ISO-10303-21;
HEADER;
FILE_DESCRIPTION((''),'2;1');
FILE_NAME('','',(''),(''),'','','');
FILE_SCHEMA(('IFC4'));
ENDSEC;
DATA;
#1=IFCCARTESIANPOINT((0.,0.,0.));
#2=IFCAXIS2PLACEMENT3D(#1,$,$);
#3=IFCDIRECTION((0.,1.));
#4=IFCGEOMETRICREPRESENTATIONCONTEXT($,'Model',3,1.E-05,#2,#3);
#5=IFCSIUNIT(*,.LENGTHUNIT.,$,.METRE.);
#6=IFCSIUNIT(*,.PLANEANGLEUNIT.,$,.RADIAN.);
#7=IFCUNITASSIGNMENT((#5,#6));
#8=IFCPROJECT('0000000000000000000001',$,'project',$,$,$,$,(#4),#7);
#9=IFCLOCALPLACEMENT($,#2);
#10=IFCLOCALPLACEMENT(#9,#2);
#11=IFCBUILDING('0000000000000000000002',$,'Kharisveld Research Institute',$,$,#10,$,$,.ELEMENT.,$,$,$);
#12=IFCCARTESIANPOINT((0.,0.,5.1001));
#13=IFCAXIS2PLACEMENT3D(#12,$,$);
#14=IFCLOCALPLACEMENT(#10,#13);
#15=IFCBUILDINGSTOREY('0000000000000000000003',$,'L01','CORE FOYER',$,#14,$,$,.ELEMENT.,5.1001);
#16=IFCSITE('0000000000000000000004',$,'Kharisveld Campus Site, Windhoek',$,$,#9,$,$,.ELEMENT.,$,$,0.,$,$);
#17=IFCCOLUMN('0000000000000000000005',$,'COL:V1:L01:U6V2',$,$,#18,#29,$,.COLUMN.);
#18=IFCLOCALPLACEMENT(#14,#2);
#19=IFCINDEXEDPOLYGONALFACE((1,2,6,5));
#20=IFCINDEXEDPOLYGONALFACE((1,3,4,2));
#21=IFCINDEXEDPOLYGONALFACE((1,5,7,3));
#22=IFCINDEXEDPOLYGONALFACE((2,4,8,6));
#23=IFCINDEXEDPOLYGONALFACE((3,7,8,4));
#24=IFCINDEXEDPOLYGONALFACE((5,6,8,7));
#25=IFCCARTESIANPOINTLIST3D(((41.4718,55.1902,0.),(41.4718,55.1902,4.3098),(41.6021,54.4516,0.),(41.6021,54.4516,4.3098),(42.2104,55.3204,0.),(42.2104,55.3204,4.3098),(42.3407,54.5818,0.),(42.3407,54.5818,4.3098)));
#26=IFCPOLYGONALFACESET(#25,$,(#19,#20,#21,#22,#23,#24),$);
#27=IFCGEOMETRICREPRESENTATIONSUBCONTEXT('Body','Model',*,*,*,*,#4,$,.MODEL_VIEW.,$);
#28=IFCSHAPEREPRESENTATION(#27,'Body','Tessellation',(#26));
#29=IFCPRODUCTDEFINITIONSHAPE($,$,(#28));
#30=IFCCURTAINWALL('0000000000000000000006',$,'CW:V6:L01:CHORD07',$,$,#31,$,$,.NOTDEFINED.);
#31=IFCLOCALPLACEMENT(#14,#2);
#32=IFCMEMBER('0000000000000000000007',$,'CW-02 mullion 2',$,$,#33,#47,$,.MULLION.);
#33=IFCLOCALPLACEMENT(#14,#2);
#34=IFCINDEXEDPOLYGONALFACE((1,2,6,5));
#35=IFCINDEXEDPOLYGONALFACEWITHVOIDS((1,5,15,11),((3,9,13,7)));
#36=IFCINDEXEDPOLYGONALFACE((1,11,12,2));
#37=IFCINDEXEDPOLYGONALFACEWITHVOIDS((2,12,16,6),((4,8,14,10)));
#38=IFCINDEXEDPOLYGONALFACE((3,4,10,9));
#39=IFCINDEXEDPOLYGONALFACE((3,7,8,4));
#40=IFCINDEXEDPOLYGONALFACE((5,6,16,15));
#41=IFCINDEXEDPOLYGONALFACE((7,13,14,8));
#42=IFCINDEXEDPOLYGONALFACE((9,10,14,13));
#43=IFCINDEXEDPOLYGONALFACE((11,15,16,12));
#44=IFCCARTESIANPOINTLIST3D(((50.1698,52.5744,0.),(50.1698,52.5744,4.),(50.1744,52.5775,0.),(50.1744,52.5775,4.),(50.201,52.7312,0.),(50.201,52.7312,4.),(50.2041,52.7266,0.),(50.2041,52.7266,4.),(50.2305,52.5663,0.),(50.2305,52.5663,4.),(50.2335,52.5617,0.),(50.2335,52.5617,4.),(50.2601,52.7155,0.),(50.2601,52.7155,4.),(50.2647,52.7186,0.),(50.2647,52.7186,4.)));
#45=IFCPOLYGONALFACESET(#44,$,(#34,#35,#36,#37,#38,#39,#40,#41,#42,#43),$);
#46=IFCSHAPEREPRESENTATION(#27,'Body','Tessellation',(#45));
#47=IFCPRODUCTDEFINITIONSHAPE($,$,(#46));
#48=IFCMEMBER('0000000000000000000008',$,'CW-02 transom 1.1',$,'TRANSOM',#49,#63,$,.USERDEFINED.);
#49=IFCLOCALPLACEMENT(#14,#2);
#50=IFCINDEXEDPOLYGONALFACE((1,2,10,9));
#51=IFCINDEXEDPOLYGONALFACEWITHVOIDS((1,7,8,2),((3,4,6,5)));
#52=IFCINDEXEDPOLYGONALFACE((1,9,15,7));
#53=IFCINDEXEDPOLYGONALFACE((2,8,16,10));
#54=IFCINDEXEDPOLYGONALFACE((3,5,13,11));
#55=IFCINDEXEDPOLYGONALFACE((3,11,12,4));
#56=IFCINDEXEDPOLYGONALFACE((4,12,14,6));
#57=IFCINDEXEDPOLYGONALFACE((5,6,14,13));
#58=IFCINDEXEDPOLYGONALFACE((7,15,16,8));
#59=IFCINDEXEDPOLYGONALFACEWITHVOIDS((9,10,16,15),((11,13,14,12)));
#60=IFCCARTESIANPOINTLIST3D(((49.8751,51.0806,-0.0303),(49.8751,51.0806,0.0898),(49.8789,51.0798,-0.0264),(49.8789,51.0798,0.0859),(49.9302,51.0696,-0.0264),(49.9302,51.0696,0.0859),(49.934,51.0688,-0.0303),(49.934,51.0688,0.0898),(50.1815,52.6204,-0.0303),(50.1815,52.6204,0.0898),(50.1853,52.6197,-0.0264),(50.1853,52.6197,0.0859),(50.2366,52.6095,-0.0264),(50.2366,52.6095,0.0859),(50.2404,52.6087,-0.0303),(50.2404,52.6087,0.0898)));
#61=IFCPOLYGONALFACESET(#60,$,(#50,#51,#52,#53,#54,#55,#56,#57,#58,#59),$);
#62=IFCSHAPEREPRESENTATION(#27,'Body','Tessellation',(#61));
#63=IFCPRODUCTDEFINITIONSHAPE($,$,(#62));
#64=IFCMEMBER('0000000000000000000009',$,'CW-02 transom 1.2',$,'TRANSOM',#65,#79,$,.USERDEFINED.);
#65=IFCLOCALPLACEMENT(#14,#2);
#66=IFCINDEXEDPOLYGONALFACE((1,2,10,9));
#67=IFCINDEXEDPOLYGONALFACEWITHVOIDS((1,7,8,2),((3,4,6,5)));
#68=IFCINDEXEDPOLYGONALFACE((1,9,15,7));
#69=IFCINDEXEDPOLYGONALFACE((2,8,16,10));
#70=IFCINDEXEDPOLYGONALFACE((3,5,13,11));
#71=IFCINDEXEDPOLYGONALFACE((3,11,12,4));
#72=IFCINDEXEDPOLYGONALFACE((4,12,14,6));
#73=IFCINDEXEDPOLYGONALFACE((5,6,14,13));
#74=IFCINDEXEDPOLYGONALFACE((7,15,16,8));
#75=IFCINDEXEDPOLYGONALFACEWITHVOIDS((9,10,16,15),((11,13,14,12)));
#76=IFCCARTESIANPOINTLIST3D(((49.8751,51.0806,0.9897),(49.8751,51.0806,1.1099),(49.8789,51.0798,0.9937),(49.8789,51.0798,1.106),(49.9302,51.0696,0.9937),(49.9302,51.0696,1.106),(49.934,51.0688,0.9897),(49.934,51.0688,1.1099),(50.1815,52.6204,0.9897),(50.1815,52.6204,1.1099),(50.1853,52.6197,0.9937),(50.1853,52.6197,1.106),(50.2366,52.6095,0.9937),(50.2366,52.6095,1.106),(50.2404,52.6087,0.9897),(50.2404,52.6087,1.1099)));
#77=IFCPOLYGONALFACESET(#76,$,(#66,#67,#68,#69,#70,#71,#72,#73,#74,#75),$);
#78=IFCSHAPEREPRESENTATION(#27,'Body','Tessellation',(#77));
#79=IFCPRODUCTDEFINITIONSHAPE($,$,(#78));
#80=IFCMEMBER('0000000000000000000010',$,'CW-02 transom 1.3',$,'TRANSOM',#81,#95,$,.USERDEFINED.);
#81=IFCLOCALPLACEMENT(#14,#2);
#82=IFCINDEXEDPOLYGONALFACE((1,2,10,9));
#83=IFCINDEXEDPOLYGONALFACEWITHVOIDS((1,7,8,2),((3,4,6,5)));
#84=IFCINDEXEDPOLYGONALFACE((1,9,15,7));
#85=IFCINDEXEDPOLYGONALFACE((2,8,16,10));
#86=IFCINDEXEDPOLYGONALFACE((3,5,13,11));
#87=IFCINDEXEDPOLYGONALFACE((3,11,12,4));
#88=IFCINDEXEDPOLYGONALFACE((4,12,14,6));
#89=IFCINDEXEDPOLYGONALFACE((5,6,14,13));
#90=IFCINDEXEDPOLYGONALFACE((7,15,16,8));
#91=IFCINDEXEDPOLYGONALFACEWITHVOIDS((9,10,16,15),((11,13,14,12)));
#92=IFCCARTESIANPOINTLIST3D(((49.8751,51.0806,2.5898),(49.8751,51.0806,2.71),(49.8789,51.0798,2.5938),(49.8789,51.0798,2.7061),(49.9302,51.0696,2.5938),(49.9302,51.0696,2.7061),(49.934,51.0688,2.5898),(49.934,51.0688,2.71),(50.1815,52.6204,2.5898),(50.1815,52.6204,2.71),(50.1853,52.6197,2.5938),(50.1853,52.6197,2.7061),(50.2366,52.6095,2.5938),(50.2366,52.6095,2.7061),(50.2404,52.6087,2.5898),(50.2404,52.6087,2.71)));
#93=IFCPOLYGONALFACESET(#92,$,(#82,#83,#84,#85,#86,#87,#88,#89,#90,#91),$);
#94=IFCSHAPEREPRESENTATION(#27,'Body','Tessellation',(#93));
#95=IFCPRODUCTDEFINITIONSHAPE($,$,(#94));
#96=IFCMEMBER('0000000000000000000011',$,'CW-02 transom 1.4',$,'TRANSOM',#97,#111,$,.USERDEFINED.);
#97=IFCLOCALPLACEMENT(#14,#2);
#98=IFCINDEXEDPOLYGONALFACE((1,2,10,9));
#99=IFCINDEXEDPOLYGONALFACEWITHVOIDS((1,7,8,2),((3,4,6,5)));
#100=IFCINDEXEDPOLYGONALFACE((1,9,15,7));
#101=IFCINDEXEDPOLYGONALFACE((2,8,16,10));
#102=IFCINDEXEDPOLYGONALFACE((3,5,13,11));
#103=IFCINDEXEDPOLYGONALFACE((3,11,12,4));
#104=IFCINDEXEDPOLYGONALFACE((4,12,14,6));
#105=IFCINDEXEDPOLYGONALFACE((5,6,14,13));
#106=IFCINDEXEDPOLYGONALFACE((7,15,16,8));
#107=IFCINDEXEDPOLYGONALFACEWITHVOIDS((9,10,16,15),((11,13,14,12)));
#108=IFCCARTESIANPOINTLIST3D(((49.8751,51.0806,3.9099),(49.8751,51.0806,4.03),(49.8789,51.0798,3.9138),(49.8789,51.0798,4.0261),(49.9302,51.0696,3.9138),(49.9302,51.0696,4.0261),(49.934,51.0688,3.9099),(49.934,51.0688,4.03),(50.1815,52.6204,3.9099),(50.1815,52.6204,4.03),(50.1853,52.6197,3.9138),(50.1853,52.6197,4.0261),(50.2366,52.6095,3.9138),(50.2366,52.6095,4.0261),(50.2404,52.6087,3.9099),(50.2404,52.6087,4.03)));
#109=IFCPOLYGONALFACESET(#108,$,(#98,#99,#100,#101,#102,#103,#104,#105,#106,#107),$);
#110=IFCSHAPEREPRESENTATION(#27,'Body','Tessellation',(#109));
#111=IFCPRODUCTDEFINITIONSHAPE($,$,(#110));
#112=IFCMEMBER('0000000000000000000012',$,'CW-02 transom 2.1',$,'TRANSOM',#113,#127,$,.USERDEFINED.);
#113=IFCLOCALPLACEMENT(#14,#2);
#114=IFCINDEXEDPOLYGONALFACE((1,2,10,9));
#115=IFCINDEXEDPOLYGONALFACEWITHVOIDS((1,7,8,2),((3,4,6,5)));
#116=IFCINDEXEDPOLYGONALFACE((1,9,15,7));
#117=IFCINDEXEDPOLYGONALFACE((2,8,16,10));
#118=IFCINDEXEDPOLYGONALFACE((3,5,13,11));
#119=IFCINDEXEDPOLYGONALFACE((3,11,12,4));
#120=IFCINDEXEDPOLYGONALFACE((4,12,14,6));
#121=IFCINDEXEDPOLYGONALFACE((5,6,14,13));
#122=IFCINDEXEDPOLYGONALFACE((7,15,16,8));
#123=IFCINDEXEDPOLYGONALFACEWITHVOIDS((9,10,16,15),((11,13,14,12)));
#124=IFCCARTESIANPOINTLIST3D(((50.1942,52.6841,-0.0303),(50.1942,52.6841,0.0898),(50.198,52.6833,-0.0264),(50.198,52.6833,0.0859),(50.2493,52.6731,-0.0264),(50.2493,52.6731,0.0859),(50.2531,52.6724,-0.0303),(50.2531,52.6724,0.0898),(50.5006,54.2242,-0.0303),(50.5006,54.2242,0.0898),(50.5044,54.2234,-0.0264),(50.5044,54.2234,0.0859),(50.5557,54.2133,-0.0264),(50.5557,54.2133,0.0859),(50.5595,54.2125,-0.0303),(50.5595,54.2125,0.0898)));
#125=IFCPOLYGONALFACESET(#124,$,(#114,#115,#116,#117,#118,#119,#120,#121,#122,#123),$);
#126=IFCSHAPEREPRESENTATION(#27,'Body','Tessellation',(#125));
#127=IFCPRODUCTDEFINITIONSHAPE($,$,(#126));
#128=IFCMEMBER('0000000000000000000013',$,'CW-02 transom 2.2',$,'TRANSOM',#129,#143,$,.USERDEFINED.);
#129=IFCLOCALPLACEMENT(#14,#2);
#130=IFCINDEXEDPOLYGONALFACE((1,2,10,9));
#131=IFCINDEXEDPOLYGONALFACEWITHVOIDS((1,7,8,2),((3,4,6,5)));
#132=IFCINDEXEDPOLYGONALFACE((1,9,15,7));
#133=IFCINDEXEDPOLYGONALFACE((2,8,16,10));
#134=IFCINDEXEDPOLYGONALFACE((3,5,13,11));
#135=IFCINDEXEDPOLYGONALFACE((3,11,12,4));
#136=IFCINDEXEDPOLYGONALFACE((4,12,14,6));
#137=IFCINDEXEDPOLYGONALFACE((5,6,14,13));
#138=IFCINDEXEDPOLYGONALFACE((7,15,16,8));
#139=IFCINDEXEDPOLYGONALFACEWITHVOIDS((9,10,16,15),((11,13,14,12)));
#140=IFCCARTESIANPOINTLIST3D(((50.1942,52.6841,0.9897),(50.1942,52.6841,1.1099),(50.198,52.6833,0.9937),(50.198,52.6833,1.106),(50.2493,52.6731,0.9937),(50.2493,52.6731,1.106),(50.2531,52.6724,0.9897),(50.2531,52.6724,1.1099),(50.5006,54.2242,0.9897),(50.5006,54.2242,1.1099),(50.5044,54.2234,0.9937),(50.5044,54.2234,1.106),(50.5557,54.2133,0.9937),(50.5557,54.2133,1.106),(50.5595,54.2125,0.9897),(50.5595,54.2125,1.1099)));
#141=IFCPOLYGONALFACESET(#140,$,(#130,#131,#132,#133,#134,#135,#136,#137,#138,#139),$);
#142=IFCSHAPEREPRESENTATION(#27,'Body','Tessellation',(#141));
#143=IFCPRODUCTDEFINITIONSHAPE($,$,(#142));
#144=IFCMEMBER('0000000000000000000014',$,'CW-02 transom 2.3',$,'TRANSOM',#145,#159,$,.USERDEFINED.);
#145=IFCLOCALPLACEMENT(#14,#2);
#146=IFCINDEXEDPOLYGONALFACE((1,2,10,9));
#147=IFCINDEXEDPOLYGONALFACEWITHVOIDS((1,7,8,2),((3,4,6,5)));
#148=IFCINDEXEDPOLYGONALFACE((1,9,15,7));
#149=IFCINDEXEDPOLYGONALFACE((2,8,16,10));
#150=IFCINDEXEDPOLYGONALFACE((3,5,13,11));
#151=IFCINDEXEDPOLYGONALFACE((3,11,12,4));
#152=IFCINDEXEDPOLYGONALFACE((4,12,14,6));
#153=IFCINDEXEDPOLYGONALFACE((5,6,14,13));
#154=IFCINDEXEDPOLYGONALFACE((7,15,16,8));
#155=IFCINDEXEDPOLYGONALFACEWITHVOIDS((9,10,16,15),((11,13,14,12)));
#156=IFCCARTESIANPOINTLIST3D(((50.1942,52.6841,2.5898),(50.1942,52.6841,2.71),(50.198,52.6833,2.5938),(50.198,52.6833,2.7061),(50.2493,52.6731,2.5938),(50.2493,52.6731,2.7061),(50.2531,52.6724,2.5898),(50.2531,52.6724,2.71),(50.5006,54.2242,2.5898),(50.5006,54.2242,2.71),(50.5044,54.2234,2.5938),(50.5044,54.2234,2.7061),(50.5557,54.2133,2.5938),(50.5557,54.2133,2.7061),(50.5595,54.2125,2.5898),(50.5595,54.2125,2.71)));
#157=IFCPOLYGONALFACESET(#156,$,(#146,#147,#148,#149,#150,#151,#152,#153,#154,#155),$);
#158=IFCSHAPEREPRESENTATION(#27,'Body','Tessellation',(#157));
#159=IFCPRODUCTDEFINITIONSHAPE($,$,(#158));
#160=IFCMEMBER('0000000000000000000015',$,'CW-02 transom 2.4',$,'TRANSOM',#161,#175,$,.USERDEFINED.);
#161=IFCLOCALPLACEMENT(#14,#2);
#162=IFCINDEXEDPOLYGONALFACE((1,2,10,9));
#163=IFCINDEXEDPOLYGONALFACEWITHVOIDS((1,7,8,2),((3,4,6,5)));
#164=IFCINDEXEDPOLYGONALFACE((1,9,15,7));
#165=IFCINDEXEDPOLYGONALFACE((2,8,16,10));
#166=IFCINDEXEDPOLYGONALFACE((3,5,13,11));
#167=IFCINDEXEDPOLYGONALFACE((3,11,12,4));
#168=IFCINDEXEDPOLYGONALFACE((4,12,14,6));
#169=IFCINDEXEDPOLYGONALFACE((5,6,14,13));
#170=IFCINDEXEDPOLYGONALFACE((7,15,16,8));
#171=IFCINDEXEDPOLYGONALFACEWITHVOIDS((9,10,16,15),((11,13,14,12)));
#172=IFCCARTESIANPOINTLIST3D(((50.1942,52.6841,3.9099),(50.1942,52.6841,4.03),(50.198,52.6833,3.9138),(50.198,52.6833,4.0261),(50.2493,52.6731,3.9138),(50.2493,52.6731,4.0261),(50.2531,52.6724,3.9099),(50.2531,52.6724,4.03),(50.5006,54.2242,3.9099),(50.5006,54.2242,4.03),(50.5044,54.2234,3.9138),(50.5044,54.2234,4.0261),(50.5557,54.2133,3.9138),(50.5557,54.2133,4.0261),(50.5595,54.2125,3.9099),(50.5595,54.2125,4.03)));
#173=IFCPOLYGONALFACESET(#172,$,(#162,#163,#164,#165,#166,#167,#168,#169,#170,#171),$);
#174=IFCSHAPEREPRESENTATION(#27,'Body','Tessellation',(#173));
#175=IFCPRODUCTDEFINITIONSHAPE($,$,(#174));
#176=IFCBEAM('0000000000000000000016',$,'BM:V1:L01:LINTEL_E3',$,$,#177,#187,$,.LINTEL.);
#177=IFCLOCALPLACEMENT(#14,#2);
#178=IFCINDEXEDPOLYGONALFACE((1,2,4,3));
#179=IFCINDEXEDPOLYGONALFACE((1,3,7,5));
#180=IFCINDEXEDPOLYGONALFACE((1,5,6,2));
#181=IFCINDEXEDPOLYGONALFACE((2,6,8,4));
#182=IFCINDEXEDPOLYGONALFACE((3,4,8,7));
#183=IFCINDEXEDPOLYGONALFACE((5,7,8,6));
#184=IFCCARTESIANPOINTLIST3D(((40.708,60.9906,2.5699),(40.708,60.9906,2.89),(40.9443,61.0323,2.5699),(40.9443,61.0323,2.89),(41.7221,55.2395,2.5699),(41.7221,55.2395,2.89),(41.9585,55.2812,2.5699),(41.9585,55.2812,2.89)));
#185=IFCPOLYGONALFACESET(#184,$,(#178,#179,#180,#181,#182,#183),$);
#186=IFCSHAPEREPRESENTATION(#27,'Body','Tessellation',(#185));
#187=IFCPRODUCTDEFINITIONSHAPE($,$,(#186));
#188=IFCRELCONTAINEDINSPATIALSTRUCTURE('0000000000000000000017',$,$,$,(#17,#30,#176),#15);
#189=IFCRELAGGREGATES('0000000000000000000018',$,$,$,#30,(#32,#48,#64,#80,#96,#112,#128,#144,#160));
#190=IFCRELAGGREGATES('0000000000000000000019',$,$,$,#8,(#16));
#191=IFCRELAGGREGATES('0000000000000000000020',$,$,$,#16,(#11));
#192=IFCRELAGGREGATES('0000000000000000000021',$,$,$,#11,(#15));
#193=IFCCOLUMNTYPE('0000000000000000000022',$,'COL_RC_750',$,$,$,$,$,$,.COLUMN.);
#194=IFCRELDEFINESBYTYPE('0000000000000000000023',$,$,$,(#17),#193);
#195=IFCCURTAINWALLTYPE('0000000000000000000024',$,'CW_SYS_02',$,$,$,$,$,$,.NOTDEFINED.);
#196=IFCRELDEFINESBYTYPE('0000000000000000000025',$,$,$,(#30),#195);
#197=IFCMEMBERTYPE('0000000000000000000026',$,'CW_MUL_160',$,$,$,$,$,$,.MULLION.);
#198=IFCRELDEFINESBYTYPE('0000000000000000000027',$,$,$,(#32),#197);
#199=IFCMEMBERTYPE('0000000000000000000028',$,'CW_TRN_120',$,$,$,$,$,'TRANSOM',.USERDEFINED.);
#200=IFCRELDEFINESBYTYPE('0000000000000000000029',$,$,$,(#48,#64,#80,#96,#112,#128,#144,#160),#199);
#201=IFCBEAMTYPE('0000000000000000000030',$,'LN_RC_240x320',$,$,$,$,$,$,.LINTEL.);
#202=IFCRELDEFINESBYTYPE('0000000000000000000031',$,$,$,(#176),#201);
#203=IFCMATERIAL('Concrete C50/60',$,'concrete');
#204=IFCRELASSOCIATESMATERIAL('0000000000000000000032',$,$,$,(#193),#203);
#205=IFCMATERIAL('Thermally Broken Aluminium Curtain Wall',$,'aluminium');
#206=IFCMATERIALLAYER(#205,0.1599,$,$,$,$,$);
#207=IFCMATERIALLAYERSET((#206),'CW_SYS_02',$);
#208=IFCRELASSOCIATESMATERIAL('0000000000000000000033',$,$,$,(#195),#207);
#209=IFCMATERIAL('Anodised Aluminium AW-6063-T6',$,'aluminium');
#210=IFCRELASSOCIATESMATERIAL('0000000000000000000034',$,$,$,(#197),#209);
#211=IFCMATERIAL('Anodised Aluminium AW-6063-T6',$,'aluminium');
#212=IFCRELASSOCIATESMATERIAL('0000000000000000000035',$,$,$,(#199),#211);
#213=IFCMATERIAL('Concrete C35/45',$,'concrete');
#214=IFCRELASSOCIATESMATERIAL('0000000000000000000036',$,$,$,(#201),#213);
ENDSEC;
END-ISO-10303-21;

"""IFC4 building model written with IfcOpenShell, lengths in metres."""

from ifc_helpers import new_model, si_unit, direction, frame, origin, origin_2d, place, context, subcontext, project, spatial, rectangle, hollow_rectangle, extrude, material, layer, layer_set, material_profile, profile_set, type_object, element, aggregate, save


model = new_model("IFC4")

# Units and contexts
model_context = context("Model", 3, precision=1e-05, world=origin(), true_north=direction((0.0, 1.0)))
body_context = subcontext(model_context, "Body", "Model", "MODEL_VIEW")
ifc_project = project(units=[si_unit("LENGTHUNIT", "METRE"), si_unit("PLANEANGLEUNIT", "RADIAN")], contexts=[model_context])

# Site, building, storey
site_placement = place(None, origin())
site = spatial("IfcSite", under=ifc_project, at=site_placement, Name="Kharisveld Campus Site, Windhoek", CompositionType="ELEMENT", RefElevation=0.0)
building_placement = place(site_placement, origin())
building = spatial("IfcBuilding", under=site, at=building_placement, Name="Kharisveld Research Institute", CompositionType="ELEMENT")
storey_placement = place(building_placement, frame((0.0, 0.0, 5.1001)))
storey = spatial("IfcBuildingStorey", under=building, at=storey_placement, Name="L01", Description="CORE FOYER", CompositionType="ELEMENT", Elevation=5.1001)

# Column
ifc_material_1 = material(Name="Concrete C50/60", Category="concrete")
ifc_material_profile_1 = material_profile(ifc_material_1, rectangle(XDim=0.75, YDim=0.75, at=origin_2d()))
ifc_profile_set_1 = profile_set([ifc_material_profile_1], Name="Concrete C50/60")
column_type = type_object("IfcColumnType", Name="COL_RC_750", PredefinedType="COLUMN", material=ifc_profile_set_1)
column_placement = place(storey_placement, frame((41.9062, 54.886, 0.0), z_axis=(0.0, 0.0, 1.0), x_axis=(0.984808, 0.173648, 0.0)))
element("IfcColumn", 1, at=column_placement, inside=storey, type_object=column_type, Name="COL:V1:L01:U6V2", PredefinedType="COLUMN", context=body_context, shape_type="SweptSolid", body=[
    extrude(rectangle(XDim=0.75, YDim=0.75, at=origin_2d()), origin(), (0.0, 0.0, 1.0), 4.3098),
])

# Curtain wall, members
ifc_material_2 = material(Name="Thermally Broken Aluminium Curtain Wall", Category="aluminium")
ifc_layer_1 = layer(ifc_material_2, 0.1599)
ifc_layer_set_1 = layer_set([ifc_layer_1], Name="CW_SYS_02")
curtain_wall_type = type_object("IfcCurtainWallType", Name="CW_SYS_02", PredefinedType="NOTDEFINED", material=ifc_layer_set_1)
curtain_wall_placement = place(storey_placement, origin())
curtain_wall = element("IfcCurtainWall", 2, at=curtain_wall_placement, inside=storey, type_object=curtain_wall_type, Name="CW:V6:L01:CHORD07", PredefinedType="NOTDEFINED")
ifc_material_3 = material(Name="Anodised Aluminium AW-6063-T6", Category="aluminium")
ifc_material_profile_2 = material_profile(ifc_material_3, hollow_rectangle(XDim=0.0649, YDim=0.1599, WallThickness=0.0039, at=origin_2d()))
ifc_profile_set_2 = profile_set([ifc_material_profile_2], Name="Anodised Aluminium AW-6063-T6")
member_type_1 = type_object("IfcMemberType", Name="CW_MUL_160", PredefinedType="MULLION", material=ifc_profile_set_2)
member_1_placement = place(storey_placement, frame((50.2173, 52.6465, 0.0), z_axis=(0.0, 0.0, 1.0), x_axis=(-0.980785, 0.195091, 0.0)))
member_1 = element("IfcMember", 3, at=member_1_placement, type_object=member_type_1, Name="CW-02 mullion 2", PredefinedType="MULLION", context=body_context, shape_type="SweptSolid", body=[
    extrude(hollow_rectangle(XDim=0.0649, YDim=0.1599, WallThickness=0.0039, at=origin_2d()), origin(), (0.0, 0.0, 1.0), 4.0),
])
ifc_material_4 = material(Name="Anodised Aluminium AW-6063-T6", Category="aluminium")
ifc_material_profile_3 = material_profile(ifc_material_4, hollow_rectangle(XDim=0.0601, YDim=0.1201, WallThickness=0.0039, at=origin_2d()))
ifc_profile_set_3 = profile_set([ifc_material_profile_3], Name="Anodised Aluminium AW-6063-T6")
member_type_2 = type_object("IfcMemberType", Name="CW_TRN_120", ElementType="TRANSOM", PredefinedType="USERDEFINED", material=ifc_profile_set_3)
member_2_placement = place(storey_placement, frame((49.9045, 51.0747, 0.0298), z_axis=(0.195159, 0.980772, 0.0), x_axis=(-0.980772, 0.195159, 0.0)))
member_2 = element("IfcMember", 4, at=member_2_placement, type_object=member_type_2, Name="CW-02 transom 1.1", ObjectType="TRANSOM", PredefinedType="USERDEFINED", context=body_context, shape_type="SweptSolid", body=[
    extrude(hollow_rectangle(XDim=0.0601, YDim=0.1201, WallThickness=0.0039, at=origin_2d()), origin(), (0.0, 0.0, 1.0), 1.5701),
])
member_3_placement = place(storey_placement, frame((49.9045, 51.0747, 1.0498), z_axis=(0.195159, 0.980772, 0.0), x_axis=(-0.980772, 0.195159, 0.0)))
member_3 = element("IfcMember", 5, at=member_3_placement, type_object=member_type_2, Name="CW-02 transom 1.2", ObjectType="TRANSOM", PredefinedType="USERDEFINED", context=body_context, shape_type="SweptSolid", body=[
    extrude(hollow_rectangle(XDim=0.0601, YDim=0.1201, WallThickness=0.0039, at=origin_2d()), origin(), (0.0, 0.0, 1.0), 1.5701),
])
member_4_placement = place(storey_placement, frame((49.9045, 51.0747, 2.6499), z_axis=(0.195159, 0.980772, 0.0), x_axis=(-0.980772, 0.195159, 0.0)))
member_4 = element("IfcMember", 6, at=member_4_placement, type_object=member_type_2, Name="CW-02 transom 1.3", ObjectType="TRANSOM", PredefinedType="USERDEFINED", context=body_context, shape_type="SweptSolid", body=[
    extrude(hollow_rectangle(XDim=0.0601, YDim=0.1201, WallThickness=0.0039, at=origin_2d()), origin(), (0.0, 0.0, 1.0), 1.5701),
])
member_5_placement = place(storey_placement, frame((49.9045, 51.0747, 3.97), z_axis=(0.195159, 0.980772, 0.0), x_axis=(-0.980772, 0.195159, 0.0)))
member_5 = element("IfcMember", 7, at=member_5_placement, type_object=member_type_2, Name="CW-02 transom 1.4", ObjectType="TRANSOM", PredefinedType="USERDEFINED", context=body_context, shape_type="SweptSolid", body=[
    extrude(hollow_rectangle(XDim=0.0601, YDim=0.1201, WallThickness=0.0039, at=origin_2d()), origin(), (0.0, 0.0, 1.0), 1.5701),
])
member_6_placement = place(storey_placement, frame((50.2236, 52.6782, 0.0298), z_axis=(0.195129, 0.980778, 0.0), x_axis=(-0.980778, 0.195129, 0.0)))
member_6 = element("IfcMember", 8, at=member_6_placement, type_object=member_type_2, Name="CW-02 transom 2.1", ObjectType="TRANSOM", PredefinedType="USERDEFINED", context=body_context, shape_type="SweptSolid", body=[
    extrude(hollow_rectangle(XDim=0.0601, YDim=0.1201, WallThickness=0.0039, at=origin_2d()), origin(), (0.0, 0.0, 1.0), 1.5703),
])
member_7_placement = place(storey_placement, frame((50.2236, 52.6782, 1.0498), z_axis=(0.195129, 0.980778, 0.0), x_axis=(-0.980778, 0.195129, 0.0)))
member_7 = element("IfcMember", 9, at=member_7_placement, type_object=member_type_2, Name="CW-02 transom 2.2", ObjectType="TRANSOM", PredefinedType="USERDEFINED", context=body_context, shape_type="SweptSolid", body=[
    extrude(hollow_rectangle(XDim=0.0601, YDim=0.1201, WallThickness=0.0039, at=origin_2d()), origin(), (0.0, 0.0, 1.0), 1.5703),
])
member_8_placement = place(storey_placement, frame((50.2236, 52.6782, 2.6499), z_axis=(0.195129, 0.980778, 0.0), x_axis=(-0.980778, 0.195129, 0.0)))
member_8 = element("IfcMember", 10, at=member_8_placement, type_object=member_type_2, Name="CW-02 transom 2.3", ObjectType="TRANSOM", PredefinedType="USERDEFINED", context=body_context, shape_type="SweptSolid", body=[
    extrude(hollow_rectangle(XDim=0.0601, YDim=0.1201, WallThickness=0.0039, at=origin_2d()), origin(), (0.0, 0.0, 1.0), 1.5703),
])
member_9_placement = place(storey_placement, frame((50.2236, 52.6782, 3.97), z_axis=(0.195129, 0.980778, 0.0), x_axis=(-0.980778, 0.195129, 0.0)))
member_9 = element("IfcMember", 11, at=member_9_placement, type_object=member_type_2, Name="CW-02 transom 2.4", ObjectType="TRANSOM", PredefinedType="USERDEFINED", context=body_context, shape_type="SweptSolid", body=[
    extrude(hollow_rectangle(XDim=0.0601, YDim=0.1201, WallThickness=0.0039, at=origin_2d()), origin(), (0.0, 0.0, 1.0), 1.5703),
])

# Beam
ifc_material_5 = material(Name="Concrete C35/45", Category="concrete")
ifc_material_profile_4 = material_profile(ifc_material_5, rectangle(XDim=0.24, YDim=0.3201, at=origin_2d()))
ifc_profile_set_4 = profile_set([ifc_material_profile_4], Name="Concrete C35/45")
beam_type_1 = type_object("IfcBeamType", Name="LN_RC_240x320", PredefinedType="LINTEL", material=ifc_profile_set_4)
beam_1_placement = place(storey_placement, frame((40.8262, 61.0115, 2.73), z_axis=(0.173659, -0.984806, 0.0), x_axis=(0.984806, 0.173659, 0.0)))
element("IfcBeam", 12, at=beam_1_placement, inside=storey, type_object=beam_type_1, Name="BM:V1:L01:LINTEL_E3", PredefinedType="LINTEL", context=body_context, shape_type="SweptSolid", body=[
    extrude(rectangle(XDim=0.24, YDim=0.3201, at=origin_2d()), origin(), (0.0, 0.0, 1.0), 5.8398),
])

aggregate(curtain_wall, [member_1, member_2, member_3, member_4, member_5, member_6, member_7, member_8, member_9])

save(model, "model.ifc")
